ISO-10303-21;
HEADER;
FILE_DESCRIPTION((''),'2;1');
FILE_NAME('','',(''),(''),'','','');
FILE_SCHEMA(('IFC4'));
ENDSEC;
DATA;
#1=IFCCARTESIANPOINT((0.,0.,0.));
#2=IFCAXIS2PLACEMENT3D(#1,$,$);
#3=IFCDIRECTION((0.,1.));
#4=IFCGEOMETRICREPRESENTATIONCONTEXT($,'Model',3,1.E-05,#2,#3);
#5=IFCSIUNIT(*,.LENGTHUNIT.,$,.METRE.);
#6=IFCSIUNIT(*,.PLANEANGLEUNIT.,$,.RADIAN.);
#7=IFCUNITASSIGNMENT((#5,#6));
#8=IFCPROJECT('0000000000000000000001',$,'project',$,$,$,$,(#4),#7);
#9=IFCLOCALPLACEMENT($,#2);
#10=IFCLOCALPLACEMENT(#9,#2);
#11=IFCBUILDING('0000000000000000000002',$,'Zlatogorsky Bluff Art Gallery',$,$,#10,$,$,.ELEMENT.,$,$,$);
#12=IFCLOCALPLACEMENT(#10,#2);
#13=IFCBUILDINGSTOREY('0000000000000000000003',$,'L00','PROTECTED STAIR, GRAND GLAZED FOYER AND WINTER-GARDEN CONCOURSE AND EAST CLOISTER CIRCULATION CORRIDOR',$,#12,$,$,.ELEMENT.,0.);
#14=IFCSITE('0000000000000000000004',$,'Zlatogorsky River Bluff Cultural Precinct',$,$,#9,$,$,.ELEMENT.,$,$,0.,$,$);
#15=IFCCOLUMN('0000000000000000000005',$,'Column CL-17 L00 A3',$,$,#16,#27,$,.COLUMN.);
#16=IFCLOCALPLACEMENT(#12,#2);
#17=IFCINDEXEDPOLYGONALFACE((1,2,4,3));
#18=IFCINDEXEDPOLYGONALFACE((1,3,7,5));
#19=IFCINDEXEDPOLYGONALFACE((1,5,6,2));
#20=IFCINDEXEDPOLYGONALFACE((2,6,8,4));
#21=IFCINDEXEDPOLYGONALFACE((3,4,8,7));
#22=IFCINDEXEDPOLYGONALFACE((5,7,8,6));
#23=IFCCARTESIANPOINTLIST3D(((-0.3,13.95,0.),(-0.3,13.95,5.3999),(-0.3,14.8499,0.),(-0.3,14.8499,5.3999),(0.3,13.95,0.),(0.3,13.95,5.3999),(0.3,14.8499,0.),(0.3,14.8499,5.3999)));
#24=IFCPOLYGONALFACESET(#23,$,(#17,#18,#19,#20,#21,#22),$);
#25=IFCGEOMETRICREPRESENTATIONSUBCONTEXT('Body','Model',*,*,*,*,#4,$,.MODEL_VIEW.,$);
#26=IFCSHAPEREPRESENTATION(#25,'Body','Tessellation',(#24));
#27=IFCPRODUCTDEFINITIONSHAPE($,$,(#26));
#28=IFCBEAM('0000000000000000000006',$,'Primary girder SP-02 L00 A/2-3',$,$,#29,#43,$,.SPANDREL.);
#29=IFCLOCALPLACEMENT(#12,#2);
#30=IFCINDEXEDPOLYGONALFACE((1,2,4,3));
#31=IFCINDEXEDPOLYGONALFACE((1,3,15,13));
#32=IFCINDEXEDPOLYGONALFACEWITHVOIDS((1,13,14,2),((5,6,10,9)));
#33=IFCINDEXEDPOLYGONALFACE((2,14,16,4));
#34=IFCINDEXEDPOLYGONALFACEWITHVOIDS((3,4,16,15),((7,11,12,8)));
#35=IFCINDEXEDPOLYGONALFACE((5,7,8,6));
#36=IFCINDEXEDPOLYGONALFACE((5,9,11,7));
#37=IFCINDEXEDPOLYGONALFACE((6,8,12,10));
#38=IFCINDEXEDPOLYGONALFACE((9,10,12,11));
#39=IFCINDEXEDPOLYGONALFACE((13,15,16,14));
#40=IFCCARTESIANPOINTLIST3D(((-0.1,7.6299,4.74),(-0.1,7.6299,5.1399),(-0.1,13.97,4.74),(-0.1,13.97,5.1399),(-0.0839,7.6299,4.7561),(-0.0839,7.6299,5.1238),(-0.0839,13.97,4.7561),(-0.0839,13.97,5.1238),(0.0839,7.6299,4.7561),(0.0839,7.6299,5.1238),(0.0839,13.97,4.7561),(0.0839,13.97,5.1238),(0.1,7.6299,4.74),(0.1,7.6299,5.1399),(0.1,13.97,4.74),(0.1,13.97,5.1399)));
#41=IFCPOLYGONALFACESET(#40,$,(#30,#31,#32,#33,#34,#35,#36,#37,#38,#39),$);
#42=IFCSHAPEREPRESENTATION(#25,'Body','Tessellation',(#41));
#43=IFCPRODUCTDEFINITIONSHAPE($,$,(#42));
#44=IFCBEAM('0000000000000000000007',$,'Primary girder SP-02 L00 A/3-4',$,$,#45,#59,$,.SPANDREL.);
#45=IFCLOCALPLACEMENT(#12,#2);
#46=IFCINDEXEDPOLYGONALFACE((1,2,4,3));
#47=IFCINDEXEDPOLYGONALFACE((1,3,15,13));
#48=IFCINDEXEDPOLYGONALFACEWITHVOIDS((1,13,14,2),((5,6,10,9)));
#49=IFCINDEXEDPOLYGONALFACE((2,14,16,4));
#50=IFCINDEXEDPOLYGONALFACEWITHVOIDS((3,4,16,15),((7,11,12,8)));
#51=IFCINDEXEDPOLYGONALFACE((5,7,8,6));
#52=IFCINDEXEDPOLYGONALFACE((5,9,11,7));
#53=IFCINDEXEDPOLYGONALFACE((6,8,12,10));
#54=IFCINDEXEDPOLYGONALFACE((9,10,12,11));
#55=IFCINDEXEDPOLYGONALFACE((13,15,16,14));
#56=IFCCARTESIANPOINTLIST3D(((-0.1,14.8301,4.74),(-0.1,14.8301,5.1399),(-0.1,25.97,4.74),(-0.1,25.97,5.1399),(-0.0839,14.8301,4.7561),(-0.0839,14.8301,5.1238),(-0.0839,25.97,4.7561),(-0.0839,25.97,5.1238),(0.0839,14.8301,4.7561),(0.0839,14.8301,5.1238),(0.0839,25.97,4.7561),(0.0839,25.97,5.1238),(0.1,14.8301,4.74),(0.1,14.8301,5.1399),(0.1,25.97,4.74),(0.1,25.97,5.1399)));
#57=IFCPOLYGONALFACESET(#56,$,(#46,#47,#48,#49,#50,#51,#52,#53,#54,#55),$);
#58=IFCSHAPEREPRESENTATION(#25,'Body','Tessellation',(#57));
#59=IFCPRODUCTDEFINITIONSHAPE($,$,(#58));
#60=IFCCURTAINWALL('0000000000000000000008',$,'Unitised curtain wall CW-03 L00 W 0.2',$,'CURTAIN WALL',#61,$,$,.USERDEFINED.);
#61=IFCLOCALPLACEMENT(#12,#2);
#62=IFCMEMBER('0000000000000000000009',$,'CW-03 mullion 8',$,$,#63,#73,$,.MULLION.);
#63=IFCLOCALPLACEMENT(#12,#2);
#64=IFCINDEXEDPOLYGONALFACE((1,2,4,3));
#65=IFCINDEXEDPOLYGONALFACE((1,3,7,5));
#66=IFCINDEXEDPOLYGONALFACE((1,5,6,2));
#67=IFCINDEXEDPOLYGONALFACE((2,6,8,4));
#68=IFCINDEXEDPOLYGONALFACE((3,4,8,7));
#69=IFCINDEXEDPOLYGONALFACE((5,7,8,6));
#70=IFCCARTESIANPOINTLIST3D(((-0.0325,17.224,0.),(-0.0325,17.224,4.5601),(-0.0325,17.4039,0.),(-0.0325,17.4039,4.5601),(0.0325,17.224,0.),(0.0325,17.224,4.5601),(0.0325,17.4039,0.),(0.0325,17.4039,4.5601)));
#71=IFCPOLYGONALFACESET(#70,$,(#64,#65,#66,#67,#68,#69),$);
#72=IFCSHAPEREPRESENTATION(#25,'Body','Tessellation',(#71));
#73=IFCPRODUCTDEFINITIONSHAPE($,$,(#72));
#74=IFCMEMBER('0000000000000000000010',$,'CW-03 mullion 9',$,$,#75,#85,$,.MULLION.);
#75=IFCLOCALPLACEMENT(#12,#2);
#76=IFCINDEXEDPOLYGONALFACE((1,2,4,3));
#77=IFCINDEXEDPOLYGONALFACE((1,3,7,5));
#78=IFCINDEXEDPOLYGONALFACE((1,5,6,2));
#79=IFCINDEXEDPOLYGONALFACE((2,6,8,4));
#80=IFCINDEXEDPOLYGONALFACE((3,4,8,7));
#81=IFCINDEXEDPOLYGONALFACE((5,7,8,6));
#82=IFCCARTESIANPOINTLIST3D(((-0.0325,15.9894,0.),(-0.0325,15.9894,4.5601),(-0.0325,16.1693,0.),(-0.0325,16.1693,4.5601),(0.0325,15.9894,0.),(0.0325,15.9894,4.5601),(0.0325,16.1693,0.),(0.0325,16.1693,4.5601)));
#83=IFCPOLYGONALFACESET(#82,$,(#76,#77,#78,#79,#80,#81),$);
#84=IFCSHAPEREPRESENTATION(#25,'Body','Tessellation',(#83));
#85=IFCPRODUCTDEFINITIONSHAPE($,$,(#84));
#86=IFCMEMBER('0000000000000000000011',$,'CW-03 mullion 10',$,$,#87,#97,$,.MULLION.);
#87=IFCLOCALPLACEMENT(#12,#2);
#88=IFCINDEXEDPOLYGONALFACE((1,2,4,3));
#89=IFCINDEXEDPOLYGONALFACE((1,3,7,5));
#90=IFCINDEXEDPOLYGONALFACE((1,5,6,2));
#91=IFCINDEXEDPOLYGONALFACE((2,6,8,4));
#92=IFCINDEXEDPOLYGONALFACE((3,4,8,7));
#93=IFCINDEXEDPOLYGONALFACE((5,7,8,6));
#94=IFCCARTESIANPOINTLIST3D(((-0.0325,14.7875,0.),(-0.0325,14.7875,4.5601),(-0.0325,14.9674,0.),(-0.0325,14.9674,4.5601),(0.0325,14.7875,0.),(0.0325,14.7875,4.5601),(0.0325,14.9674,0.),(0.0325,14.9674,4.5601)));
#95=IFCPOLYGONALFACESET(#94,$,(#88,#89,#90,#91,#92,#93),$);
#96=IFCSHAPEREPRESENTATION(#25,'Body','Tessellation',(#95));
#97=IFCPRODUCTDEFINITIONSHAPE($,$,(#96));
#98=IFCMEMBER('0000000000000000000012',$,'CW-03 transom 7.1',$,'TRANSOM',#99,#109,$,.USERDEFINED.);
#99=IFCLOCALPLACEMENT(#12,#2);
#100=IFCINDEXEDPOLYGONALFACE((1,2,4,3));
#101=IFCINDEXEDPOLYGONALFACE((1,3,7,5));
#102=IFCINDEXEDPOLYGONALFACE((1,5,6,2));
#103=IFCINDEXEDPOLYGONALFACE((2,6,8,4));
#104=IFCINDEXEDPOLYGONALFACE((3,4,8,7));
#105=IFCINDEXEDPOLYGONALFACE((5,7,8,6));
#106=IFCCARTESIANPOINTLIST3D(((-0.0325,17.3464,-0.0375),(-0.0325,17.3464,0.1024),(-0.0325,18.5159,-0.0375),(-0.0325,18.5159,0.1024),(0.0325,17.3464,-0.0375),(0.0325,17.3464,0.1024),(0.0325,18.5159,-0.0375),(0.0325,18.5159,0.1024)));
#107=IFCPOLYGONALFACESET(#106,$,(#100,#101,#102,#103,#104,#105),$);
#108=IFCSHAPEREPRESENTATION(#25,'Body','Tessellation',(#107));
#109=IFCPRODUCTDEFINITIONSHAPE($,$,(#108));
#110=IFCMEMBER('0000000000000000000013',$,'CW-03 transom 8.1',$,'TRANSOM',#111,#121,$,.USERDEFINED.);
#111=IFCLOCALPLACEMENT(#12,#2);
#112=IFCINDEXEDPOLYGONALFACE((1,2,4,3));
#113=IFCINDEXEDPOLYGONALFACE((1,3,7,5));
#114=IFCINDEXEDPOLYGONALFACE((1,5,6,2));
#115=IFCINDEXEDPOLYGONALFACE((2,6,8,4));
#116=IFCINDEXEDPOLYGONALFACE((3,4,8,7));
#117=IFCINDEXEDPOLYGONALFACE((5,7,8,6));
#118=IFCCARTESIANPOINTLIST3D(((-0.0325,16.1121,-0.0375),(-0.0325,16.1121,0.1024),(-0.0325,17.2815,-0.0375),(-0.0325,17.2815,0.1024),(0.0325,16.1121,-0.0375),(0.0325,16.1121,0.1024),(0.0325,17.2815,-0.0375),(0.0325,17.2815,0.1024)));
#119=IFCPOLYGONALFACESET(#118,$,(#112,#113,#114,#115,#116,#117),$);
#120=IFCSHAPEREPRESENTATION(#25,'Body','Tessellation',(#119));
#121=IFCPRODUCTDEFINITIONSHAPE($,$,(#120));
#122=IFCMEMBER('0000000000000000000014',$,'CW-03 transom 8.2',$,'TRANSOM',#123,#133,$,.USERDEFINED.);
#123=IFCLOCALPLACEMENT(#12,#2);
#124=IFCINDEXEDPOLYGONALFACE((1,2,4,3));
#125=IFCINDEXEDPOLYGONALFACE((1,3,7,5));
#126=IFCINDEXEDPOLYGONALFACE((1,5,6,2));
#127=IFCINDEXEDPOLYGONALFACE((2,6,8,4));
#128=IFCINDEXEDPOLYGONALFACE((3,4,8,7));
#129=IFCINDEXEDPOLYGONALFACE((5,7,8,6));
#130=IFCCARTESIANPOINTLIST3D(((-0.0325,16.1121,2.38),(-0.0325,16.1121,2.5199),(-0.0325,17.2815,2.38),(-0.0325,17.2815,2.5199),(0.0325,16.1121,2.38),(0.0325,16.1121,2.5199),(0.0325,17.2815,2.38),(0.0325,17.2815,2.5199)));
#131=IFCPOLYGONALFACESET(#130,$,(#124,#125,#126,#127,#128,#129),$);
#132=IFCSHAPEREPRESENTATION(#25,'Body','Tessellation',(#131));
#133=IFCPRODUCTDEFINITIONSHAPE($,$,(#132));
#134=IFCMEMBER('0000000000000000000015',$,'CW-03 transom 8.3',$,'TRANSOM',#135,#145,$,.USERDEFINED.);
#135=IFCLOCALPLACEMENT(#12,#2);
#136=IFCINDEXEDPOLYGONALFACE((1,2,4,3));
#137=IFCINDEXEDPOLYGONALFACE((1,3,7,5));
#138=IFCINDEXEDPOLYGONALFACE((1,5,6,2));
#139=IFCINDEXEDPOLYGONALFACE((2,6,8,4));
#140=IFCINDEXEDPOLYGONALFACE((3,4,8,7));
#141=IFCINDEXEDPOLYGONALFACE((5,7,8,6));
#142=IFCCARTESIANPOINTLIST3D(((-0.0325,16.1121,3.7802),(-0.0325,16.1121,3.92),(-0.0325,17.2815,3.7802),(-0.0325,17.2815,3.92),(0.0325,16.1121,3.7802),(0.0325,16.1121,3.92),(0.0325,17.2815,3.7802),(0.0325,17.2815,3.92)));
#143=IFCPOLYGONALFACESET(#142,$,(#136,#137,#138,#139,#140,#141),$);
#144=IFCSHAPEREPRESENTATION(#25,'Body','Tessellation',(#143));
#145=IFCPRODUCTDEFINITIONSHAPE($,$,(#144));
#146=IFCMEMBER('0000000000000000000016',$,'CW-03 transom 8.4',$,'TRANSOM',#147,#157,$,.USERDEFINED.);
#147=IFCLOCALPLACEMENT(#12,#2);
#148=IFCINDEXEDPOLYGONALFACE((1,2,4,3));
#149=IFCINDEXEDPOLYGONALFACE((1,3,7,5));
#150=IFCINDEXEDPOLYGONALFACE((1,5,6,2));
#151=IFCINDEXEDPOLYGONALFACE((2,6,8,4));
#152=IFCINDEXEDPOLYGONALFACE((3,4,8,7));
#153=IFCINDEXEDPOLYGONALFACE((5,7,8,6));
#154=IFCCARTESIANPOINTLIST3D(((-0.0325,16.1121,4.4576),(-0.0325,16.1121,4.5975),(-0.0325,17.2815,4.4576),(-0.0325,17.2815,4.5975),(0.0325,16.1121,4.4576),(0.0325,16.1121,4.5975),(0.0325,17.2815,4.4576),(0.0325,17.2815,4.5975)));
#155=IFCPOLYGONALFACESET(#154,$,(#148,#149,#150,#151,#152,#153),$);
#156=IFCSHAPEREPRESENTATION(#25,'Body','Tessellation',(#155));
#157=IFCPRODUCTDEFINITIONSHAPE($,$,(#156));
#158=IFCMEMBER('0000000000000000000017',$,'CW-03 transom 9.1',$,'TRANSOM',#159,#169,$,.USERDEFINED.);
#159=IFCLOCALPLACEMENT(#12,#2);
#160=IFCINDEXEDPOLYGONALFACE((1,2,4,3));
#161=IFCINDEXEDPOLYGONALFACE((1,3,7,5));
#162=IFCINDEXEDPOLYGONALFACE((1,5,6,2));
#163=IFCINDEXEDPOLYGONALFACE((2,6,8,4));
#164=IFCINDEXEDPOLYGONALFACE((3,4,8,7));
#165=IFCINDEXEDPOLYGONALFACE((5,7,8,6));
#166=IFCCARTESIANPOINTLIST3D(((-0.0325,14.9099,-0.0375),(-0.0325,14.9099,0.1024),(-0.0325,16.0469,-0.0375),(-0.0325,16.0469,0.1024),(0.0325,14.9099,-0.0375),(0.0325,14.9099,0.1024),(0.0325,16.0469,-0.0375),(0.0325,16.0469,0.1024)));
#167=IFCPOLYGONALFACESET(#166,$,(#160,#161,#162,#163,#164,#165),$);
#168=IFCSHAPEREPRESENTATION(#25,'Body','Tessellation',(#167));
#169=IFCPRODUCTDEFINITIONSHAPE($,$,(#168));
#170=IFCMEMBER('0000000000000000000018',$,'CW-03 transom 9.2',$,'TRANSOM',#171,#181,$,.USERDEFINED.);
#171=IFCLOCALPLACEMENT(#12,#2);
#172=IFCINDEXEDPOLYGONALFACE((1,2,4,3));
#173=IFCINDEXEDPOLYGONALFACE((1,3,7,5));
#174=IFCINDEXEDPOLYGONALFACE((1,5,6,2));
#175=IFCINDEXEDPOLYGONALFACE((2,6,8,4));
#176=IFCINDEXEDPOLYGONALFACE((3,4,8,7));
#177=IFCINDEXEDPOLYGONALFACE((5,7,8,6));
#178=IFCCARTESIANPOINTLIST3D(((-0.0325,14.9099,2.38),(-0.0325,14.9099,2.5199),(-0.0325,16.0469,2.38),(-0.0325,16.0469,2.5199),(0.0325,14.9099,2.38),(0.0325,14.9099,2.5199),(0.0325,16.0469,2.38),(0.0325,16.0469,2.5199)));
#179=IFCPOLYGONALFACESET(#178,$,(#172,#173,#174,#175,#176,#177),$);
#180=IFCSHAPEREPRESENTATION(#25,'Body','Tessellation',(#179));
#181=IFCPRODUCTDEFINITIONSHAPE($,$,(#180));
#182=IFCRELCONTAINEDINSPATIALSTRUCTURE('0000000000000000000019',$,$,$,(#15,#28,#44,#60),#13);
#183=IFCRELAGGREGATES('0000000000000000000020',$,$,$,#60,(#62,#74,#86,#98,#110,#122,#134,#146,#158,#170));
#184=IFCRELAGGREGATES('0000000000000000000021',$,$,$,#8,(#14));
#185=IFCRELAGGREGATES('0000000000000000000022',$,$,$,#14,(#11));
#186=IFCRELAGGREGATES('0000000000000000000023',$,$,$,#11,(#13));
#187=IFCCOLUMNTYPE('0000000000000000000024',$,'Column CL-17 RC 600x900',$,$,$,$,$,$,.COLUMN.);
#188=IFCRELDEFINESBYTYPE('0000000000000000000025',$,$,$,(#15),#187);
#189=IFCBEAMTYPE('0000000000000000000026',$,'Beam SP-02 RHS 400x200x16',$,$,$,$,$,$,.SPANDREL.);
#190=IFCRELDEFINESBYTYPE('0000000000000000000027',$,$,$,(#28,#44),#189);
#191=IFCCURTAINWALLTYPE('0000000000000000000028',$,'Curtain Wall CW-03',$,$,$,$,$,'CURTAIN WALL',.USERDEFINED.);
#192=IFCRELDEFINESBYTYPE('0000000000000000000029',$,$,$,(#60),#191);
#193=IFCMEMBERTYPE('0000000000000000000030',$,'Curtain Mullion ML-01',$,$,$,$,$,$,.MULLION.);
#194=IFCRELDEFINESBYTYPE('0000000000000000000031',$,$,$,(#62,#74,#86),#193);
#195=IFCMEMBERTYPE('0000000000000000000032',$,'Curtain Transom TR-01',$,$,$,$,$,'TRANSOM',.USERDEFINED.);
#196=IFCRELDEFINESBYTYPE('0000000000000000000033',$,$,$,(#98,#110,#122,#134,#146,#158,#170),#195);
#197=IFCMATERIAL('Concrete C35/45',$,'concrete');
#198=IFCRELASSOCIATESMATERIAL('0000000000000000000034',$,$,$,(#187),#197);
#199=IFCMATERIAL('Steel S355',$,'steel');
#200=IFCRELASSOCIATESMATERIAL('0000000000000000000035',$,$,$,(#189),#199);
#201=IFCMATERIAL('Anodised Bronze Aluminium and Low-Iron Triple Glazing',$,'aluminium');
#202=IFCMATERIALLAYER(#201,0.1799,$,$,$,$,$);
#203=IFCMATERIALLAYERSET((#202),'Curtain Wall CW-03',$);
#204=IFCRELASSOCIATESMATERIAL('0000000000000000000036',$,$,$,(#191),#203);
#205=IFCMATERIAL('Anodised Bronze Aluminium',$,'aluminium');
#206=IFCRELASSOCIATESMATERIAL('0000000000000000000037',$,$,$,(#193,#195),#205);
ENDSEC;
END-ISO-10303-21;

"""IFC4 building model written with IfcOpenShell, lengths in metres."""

from ifc_helpers import new_model, si_unit, direction, frame, origin, origin_2d, place, context, subcontext, project, spatial, rectangle, hollow_rectangle, extrude, material, layer, layer_set, material_profile, profile_set, type_object, element, aggregate, save


model = new_model("IFC4")

# Units and contexts
model_context = context("Model", 3, precision=1e-05, world=origin(), true_north=direction((0.0, 1.0)))
body_context = subcontext(model_context, "Body", "Model", "MODEL_VIEW")
ifc_project = project(units=[si_unit("LENGTHUNIT", "METRE"), si_unit("PLANEANGLEUNIT", "RADIAN")], contexts=[model_context])

# Site, building, storey
site_placement = place(None, origin())
site = spatial("IfcSite", under=ifc_project, at=site_placement, Name="Zlatogorsky River Bluff Cultural Precinct", CompositionType="ELEMENT", RefElevation=0.0)
building_placement = place(site_placement, origin())
building = spatial("IfcBuilding", under=site, at=building_placement, Name="Zlatogorsky Bluff Art Gallery", CompositionType="ELEMENT")
storey_placement = place(building_placement, origin())
storey = spatial("IfcBuildingStorey", under=building, at=storey_placement, Name="L00", Description="PROTECTED STAIR, GRAND GLAZED FOYER AND WINTER-GARDEN CONCOURSE AND EAST CLOISTER CIRCULATION CORRIDOR", CompositionType="ELEMENT", Elevation=0.0)

# Column
ifc_material_1 = material(Name="Concrete C35/45", Category="concrete")
ifc_material_profile_1 = material_profile(ifc_material_1, rectangle(XDim=0.6001, YDim=0.8999, at=origin_2d()), Name="RC 600x900")
ifc_profile_set_1 = profile_set([ifc_material_profile_1], Name="Concrete C35/45")
column_type = type_object("IfcColumnType", Name="Column CL-17 RC 600x900", PredefinedType="COLUMN", material=ifc_profile_set_1)
column_placement = place(storey_placement, frame((0.0, 14.3999, 0.0), z_axis=(0.0, 0.0, 1.0), x_axis=(1.0, 0.0, 0.0)))
element("IfcColumn", 1, at=column_placement, inside=storey, type_object=column_type, Name="Column CL-17 L00 A3", PredefinedType="COLUMN", context=body_context, shape_type="SweptSolid", body=[
    extrude(rectangle(XDim=0.6001, YDim=0.8999, at=origin_2d()), origin(), (0.0, 0.0, 1.0), 5.3999),
])

# Beams
ifc_material_2 = material(Name="Steel S355", Category="steel")
ifc_material_profile_2 = material_profile(ifc_material_2, hollow_rectangle(XDim=0.2, YDim=0.3999, WallThickness=0.0161, at=origin_2d()), Name="RHS 400x200x16")
ifc_profile_set_2 = profile_set([ifc_material_profile_2], Name="Steel S355")
beam_type = type_object("IfcBeamType", Name="Beam SP-02 RHS 400x200x16", PredefinedType="SPANDREL", material=ifc_profile_set_2)
beam_1_placement = place(storey_placement, frame((0.0, 7.6299, 4.9399), z_axis=(0.0, 1.0, 0.0), x_axis=(-1.0, 0.0, 0.0)))
element("IfcBeam", 2, at=beam_1_placement, inside=storey, type_object=beam_type, Name="Primary girder SP-02 L00 A/2-3", PredefinedType="SPANDREL", context=body_context, shape_type="SweptSolid", body=[
    extrude(hollow_rectangle(XDim=0.2, YDim=0.3999, WallThickness=0.0161, at=origin_2d()), origin(), (0.0, 0.0, 1.0), 6.3401),
])
beam_2_placement = place(storey_placement, frame((0.0, 14.8301, 4.9399), z_axis=(0.0, 1.0, 0.0), x_axis=(-1.0, 0.0, 0.0)))
element("IfcBeam", 3, at=beam_2_placement, inside=storey, type_object=beam_type, Name="Primary girder SP-02 L00 A/3-4", PredefinedType="SPANDREL", context=body_context, shape_type="SweptSolid", body=[
    extrude(hollow_rectangle(XDim=0.2, YDim=0.3999, WallThickness=0.0161, at=origin_2d()), origin(), (0.0, 0.0, 1.0), 11.1399),
])

# Curtain wall, members
ifc_material_3 = material(Name="Anodised Bronze Aluminium and Low-Iron Triple Glazing", Category="aluminium")
ifc_layer_1 = layer(ifc_material_3, 0.1799)
ifc_layer_set_1 = layer_set([ifc_layer_1], Name="Curtain Wall CW-03")
curtain_wall_type = type_object("IfcCurtainWallType", Name="Curtain Wall CW-03", ElementType="CURTAIN WALL", PredefinedType="USERDEFINED", material=ifc_layer_set_1)
curtain_wall_placement = place(storey_placement, origin())
curtain_wall = element("IfcCurtainWall", 4, at=curtain_wall_placement, inside=storey, type_object=curtain_wall_type, Name="Unitised curtain wall CW-03 L00 W 0.2", ObjectType="CURTAIN WALL", PredefinedType="USERDEFINED")
ifc_material_4 = material(Name="Anodised Bronze Aluminium", Category="aluminium")
ifc_material_profile_3 = material_profile(ifc_material_4, rectangle(XDim=0.0649, YDim=0.1799, at=origin_2d()), Name="ALU MULLION 65x180")
ifc_profile_set_3 = profile_set([ifc_material_profile_3], Name="Anodised Bronze Aluminium")
member_type_1 = type_object("IfcMemberType", Name="Curtain Mullion ML-01", PredefinedType="MULLION", material=ifc_profile_set_3)
member_1_placement = place(storey_placement, frame((0.0, 17.314, 0.0), z_axis=(0.0, 0.0, 1.0), x_axis=(1.0, 0.0, 0.0)))
member_1 = element("IfcMember", 5, at=member_1_placement, type_object=member_type_1, Name="CW-03 mullion 8", PredefinedType="MULLION", context=body_context, shape_type="SweptSolid", body=[
    extrude(rectangle(XDim=0.0649, YDim=0.1799, at=origin_2d()), origin(), (0.0, 0.0, 1.0), 4.5601),
])
member_2_placement = place(storey_placement, frame((0.0, 16.0793, 0.0), z_axis=(0.0, 0.0, 1.0), x_axis=(1.0, 0.0, 0.0)))
member_2 = element("IfcMember", 6, at=member_2_placement, type_object=member_type_1, Name="CW-03 mullion 9", PredefinedType="MULLION", context=body_context, shape_type="SweptSolid", body=[
    extrude(rectangle(XDim=0.0649, YDim=0.1799, at=origin_2d()), origin(), (0.0, 0.0, 1.0), 4.5601),
])
member_3_placement = place(storey_placement, frame((0.0, 14.8774, 0.0), z_axis=(0.0, 0.0, 1.0), x_axis=(1.0, 0.0, 0.0)))
member_3 = element("IfcMember", 7, at=member_3_placement, type_object=member_type_1, Name="CW-03 mullion 10", PredefinedType="MULLION", context=body_context, shape_type="SweptSolid", body=[
    extrude(rectangle(XDim=0.0649, YDim=0.1799, at=origin_2d()), origin(), (0.0, 0.0, 1.0), 4.5601),
])
ifc_material_profile_4 = material_profile(ifc_material_4, rectangle(XDim=0.0649, YDim=0.1399, at=origin_2d()), Name="ALU TRANSOM 65x140")
ifc_profile_set_4 = profile_set([ifc_material_profile_4], Name="Anodised Bronze Aluminium")
member_type_2 = type_object("IfcMemberType", Name="Curtain Transom TR-01", ElementType="TRANSOM", PredefinedType="USERDEFINED", material=ifc_profile_set_4)
member_4_placement = place(storey_placement, frame((0.0, 18.5159, 0.0325), z_axis=(0.0, -1.0, 0.0), x_axis=(1.0, 0.0, 0.0)))
member_4 = element("IfcMember", 8, at=member_4_placement, type_object=member_type_2, Name="CW-03 transom 7.1", ObjectType="TRANSOM", PredefinedType="USERDEFINED", context=body_context, shape_type="SweptSolid", body=[
    extrude(rectangle(XDim=0.0649, YDim=0.1399, at=origin_2d()), origin(), (0.0, 0.0, 1.0), 1.1694),
])
member_5_placement = place(storey_placement, frame((0.0, 17.2815, 0.0325), z_axis=(0.0, -1.0, 0.0), x_axis=(1.0, 0.0, 0.0)))
member_5 = element("IfcMember", 9, at=member_5_placement, type_object=member_type_2, Name="CW-03 transom 8.1", ObjectType="TRANSOM", PredefinedType="USERDEFINED", context=body_context, shape_type="SweptSolid", body=[
    extrude(rectangle(XDim=0.0649, YDim=0.1399, at=origin_2d()), origin(), (0.0, 0.0, 1.0), 1.1694),
])
member_6_placement = place(storey_placement, frame((0.0, 17.2815, 2.45), z_axis=(0.0, -1.0, 0.0), x_axis=(1.0, 0.0, 0.0)))
member_6 = element("IfcMember", 10, at=member_6_placement, type_object=member_type_2, Name="CW-03 transom 8.2", ObjectType="TRANSOM", PredefinedType="USERDEFINED", context=body_context, shape_type="SweptSolid", body=[
    extrude(rectangle(XDim=0.0649, YDim=0.1399, at=origin_2d()), origin(), (0.0, 0.0, 1.0), 1.1694),
])
member_7_placement = place(storey_placement, frame((0.0, 17.2815, 3.8501), z_axis=(0.0, -1.0, 0.0), x_axis=(1.0, 0.0, 0.0)))
member_7 = element("IfcMember", 11, at=member_7_placement, type_object=member_type_2, Name="CW-03 transom 8.3", ObjectType="TRANSOM", PredefinedType="USERDEFINED", context=body_context, shape_type="SweptSolid", body=[
    extrude(rectangle(XDim=0.0649, YDim=0.1399, at=origin_2d()), origin(), (0.0, 0.0, 1.0), 1.1694),
])
member_8_placement = place(storey_placement, frame((0.0, 17.2815, 4.5276), z_axis=(0.0, -1.0, 0.0), x_axis=(1.0, 0.0, 0.0)))
member_8 = element("IfcMember", 12, at=member_8_placement, type_object=member_type_2, Name="CW-03 transom 8.4", ObjectType="TRANSOM", PredefinedType="USERDEFINED", context=body_context, shape_type="SweptSolid", body=[
    extrude(rectangle(XDim=0.0649, YDim=0.1399, at=origin_2d()), origin(), (0.0, 0.0, 1.0), 1.1694),
])
member_9_placement = place(storey_placement, frame((0.0, 16.0469, 0.0325), z_axis=(0.0, -1.0, 0.0), x_axis=(1.0, 0.0, 0.0)))
member_9 = element("IfcMember", 13, at=member_9_placement, type_object=member_type_2, Name="CW-03 transom 9.1", ObjectType="TRANSOM", PredefinedType="USERDEFINED", context=body_context, shape_type="SweptSolid", body=[
    extrude(rectangle(XDim=0.0649, YDim=0.1399, at=origin_2d()), origin(), (0.0, 0.0, 1.0), 1.137),
])
member_10_placement = place(storey_placement, frame((0.0, 16.0469, 2.45), z_axis=(0.0, -1.0, 0.0), x_axis=(1.0, 0.0, 0.0)))
member_10 = element("IfcMember", 14, at=member_10_placement, type_object=member_type_2, Name="CW-03 transom 9.2", ObjectType="TRANSOM", PredefinedType="USERDEFINED", context=body_context, shape_type="SweptSolid", body=[
    extrude(rectangle(XDim=0.0649, YDim=0.1399, at=origin_2d()), origin(), (0.0, 0.0, 1.0), 1.137),
])
aggregate(curtain_wall, [member_1, member_2, member_3, member_4, member_5, member_6, member_7, member_8, member_9, member_10])

save(model, "model.ifc")
